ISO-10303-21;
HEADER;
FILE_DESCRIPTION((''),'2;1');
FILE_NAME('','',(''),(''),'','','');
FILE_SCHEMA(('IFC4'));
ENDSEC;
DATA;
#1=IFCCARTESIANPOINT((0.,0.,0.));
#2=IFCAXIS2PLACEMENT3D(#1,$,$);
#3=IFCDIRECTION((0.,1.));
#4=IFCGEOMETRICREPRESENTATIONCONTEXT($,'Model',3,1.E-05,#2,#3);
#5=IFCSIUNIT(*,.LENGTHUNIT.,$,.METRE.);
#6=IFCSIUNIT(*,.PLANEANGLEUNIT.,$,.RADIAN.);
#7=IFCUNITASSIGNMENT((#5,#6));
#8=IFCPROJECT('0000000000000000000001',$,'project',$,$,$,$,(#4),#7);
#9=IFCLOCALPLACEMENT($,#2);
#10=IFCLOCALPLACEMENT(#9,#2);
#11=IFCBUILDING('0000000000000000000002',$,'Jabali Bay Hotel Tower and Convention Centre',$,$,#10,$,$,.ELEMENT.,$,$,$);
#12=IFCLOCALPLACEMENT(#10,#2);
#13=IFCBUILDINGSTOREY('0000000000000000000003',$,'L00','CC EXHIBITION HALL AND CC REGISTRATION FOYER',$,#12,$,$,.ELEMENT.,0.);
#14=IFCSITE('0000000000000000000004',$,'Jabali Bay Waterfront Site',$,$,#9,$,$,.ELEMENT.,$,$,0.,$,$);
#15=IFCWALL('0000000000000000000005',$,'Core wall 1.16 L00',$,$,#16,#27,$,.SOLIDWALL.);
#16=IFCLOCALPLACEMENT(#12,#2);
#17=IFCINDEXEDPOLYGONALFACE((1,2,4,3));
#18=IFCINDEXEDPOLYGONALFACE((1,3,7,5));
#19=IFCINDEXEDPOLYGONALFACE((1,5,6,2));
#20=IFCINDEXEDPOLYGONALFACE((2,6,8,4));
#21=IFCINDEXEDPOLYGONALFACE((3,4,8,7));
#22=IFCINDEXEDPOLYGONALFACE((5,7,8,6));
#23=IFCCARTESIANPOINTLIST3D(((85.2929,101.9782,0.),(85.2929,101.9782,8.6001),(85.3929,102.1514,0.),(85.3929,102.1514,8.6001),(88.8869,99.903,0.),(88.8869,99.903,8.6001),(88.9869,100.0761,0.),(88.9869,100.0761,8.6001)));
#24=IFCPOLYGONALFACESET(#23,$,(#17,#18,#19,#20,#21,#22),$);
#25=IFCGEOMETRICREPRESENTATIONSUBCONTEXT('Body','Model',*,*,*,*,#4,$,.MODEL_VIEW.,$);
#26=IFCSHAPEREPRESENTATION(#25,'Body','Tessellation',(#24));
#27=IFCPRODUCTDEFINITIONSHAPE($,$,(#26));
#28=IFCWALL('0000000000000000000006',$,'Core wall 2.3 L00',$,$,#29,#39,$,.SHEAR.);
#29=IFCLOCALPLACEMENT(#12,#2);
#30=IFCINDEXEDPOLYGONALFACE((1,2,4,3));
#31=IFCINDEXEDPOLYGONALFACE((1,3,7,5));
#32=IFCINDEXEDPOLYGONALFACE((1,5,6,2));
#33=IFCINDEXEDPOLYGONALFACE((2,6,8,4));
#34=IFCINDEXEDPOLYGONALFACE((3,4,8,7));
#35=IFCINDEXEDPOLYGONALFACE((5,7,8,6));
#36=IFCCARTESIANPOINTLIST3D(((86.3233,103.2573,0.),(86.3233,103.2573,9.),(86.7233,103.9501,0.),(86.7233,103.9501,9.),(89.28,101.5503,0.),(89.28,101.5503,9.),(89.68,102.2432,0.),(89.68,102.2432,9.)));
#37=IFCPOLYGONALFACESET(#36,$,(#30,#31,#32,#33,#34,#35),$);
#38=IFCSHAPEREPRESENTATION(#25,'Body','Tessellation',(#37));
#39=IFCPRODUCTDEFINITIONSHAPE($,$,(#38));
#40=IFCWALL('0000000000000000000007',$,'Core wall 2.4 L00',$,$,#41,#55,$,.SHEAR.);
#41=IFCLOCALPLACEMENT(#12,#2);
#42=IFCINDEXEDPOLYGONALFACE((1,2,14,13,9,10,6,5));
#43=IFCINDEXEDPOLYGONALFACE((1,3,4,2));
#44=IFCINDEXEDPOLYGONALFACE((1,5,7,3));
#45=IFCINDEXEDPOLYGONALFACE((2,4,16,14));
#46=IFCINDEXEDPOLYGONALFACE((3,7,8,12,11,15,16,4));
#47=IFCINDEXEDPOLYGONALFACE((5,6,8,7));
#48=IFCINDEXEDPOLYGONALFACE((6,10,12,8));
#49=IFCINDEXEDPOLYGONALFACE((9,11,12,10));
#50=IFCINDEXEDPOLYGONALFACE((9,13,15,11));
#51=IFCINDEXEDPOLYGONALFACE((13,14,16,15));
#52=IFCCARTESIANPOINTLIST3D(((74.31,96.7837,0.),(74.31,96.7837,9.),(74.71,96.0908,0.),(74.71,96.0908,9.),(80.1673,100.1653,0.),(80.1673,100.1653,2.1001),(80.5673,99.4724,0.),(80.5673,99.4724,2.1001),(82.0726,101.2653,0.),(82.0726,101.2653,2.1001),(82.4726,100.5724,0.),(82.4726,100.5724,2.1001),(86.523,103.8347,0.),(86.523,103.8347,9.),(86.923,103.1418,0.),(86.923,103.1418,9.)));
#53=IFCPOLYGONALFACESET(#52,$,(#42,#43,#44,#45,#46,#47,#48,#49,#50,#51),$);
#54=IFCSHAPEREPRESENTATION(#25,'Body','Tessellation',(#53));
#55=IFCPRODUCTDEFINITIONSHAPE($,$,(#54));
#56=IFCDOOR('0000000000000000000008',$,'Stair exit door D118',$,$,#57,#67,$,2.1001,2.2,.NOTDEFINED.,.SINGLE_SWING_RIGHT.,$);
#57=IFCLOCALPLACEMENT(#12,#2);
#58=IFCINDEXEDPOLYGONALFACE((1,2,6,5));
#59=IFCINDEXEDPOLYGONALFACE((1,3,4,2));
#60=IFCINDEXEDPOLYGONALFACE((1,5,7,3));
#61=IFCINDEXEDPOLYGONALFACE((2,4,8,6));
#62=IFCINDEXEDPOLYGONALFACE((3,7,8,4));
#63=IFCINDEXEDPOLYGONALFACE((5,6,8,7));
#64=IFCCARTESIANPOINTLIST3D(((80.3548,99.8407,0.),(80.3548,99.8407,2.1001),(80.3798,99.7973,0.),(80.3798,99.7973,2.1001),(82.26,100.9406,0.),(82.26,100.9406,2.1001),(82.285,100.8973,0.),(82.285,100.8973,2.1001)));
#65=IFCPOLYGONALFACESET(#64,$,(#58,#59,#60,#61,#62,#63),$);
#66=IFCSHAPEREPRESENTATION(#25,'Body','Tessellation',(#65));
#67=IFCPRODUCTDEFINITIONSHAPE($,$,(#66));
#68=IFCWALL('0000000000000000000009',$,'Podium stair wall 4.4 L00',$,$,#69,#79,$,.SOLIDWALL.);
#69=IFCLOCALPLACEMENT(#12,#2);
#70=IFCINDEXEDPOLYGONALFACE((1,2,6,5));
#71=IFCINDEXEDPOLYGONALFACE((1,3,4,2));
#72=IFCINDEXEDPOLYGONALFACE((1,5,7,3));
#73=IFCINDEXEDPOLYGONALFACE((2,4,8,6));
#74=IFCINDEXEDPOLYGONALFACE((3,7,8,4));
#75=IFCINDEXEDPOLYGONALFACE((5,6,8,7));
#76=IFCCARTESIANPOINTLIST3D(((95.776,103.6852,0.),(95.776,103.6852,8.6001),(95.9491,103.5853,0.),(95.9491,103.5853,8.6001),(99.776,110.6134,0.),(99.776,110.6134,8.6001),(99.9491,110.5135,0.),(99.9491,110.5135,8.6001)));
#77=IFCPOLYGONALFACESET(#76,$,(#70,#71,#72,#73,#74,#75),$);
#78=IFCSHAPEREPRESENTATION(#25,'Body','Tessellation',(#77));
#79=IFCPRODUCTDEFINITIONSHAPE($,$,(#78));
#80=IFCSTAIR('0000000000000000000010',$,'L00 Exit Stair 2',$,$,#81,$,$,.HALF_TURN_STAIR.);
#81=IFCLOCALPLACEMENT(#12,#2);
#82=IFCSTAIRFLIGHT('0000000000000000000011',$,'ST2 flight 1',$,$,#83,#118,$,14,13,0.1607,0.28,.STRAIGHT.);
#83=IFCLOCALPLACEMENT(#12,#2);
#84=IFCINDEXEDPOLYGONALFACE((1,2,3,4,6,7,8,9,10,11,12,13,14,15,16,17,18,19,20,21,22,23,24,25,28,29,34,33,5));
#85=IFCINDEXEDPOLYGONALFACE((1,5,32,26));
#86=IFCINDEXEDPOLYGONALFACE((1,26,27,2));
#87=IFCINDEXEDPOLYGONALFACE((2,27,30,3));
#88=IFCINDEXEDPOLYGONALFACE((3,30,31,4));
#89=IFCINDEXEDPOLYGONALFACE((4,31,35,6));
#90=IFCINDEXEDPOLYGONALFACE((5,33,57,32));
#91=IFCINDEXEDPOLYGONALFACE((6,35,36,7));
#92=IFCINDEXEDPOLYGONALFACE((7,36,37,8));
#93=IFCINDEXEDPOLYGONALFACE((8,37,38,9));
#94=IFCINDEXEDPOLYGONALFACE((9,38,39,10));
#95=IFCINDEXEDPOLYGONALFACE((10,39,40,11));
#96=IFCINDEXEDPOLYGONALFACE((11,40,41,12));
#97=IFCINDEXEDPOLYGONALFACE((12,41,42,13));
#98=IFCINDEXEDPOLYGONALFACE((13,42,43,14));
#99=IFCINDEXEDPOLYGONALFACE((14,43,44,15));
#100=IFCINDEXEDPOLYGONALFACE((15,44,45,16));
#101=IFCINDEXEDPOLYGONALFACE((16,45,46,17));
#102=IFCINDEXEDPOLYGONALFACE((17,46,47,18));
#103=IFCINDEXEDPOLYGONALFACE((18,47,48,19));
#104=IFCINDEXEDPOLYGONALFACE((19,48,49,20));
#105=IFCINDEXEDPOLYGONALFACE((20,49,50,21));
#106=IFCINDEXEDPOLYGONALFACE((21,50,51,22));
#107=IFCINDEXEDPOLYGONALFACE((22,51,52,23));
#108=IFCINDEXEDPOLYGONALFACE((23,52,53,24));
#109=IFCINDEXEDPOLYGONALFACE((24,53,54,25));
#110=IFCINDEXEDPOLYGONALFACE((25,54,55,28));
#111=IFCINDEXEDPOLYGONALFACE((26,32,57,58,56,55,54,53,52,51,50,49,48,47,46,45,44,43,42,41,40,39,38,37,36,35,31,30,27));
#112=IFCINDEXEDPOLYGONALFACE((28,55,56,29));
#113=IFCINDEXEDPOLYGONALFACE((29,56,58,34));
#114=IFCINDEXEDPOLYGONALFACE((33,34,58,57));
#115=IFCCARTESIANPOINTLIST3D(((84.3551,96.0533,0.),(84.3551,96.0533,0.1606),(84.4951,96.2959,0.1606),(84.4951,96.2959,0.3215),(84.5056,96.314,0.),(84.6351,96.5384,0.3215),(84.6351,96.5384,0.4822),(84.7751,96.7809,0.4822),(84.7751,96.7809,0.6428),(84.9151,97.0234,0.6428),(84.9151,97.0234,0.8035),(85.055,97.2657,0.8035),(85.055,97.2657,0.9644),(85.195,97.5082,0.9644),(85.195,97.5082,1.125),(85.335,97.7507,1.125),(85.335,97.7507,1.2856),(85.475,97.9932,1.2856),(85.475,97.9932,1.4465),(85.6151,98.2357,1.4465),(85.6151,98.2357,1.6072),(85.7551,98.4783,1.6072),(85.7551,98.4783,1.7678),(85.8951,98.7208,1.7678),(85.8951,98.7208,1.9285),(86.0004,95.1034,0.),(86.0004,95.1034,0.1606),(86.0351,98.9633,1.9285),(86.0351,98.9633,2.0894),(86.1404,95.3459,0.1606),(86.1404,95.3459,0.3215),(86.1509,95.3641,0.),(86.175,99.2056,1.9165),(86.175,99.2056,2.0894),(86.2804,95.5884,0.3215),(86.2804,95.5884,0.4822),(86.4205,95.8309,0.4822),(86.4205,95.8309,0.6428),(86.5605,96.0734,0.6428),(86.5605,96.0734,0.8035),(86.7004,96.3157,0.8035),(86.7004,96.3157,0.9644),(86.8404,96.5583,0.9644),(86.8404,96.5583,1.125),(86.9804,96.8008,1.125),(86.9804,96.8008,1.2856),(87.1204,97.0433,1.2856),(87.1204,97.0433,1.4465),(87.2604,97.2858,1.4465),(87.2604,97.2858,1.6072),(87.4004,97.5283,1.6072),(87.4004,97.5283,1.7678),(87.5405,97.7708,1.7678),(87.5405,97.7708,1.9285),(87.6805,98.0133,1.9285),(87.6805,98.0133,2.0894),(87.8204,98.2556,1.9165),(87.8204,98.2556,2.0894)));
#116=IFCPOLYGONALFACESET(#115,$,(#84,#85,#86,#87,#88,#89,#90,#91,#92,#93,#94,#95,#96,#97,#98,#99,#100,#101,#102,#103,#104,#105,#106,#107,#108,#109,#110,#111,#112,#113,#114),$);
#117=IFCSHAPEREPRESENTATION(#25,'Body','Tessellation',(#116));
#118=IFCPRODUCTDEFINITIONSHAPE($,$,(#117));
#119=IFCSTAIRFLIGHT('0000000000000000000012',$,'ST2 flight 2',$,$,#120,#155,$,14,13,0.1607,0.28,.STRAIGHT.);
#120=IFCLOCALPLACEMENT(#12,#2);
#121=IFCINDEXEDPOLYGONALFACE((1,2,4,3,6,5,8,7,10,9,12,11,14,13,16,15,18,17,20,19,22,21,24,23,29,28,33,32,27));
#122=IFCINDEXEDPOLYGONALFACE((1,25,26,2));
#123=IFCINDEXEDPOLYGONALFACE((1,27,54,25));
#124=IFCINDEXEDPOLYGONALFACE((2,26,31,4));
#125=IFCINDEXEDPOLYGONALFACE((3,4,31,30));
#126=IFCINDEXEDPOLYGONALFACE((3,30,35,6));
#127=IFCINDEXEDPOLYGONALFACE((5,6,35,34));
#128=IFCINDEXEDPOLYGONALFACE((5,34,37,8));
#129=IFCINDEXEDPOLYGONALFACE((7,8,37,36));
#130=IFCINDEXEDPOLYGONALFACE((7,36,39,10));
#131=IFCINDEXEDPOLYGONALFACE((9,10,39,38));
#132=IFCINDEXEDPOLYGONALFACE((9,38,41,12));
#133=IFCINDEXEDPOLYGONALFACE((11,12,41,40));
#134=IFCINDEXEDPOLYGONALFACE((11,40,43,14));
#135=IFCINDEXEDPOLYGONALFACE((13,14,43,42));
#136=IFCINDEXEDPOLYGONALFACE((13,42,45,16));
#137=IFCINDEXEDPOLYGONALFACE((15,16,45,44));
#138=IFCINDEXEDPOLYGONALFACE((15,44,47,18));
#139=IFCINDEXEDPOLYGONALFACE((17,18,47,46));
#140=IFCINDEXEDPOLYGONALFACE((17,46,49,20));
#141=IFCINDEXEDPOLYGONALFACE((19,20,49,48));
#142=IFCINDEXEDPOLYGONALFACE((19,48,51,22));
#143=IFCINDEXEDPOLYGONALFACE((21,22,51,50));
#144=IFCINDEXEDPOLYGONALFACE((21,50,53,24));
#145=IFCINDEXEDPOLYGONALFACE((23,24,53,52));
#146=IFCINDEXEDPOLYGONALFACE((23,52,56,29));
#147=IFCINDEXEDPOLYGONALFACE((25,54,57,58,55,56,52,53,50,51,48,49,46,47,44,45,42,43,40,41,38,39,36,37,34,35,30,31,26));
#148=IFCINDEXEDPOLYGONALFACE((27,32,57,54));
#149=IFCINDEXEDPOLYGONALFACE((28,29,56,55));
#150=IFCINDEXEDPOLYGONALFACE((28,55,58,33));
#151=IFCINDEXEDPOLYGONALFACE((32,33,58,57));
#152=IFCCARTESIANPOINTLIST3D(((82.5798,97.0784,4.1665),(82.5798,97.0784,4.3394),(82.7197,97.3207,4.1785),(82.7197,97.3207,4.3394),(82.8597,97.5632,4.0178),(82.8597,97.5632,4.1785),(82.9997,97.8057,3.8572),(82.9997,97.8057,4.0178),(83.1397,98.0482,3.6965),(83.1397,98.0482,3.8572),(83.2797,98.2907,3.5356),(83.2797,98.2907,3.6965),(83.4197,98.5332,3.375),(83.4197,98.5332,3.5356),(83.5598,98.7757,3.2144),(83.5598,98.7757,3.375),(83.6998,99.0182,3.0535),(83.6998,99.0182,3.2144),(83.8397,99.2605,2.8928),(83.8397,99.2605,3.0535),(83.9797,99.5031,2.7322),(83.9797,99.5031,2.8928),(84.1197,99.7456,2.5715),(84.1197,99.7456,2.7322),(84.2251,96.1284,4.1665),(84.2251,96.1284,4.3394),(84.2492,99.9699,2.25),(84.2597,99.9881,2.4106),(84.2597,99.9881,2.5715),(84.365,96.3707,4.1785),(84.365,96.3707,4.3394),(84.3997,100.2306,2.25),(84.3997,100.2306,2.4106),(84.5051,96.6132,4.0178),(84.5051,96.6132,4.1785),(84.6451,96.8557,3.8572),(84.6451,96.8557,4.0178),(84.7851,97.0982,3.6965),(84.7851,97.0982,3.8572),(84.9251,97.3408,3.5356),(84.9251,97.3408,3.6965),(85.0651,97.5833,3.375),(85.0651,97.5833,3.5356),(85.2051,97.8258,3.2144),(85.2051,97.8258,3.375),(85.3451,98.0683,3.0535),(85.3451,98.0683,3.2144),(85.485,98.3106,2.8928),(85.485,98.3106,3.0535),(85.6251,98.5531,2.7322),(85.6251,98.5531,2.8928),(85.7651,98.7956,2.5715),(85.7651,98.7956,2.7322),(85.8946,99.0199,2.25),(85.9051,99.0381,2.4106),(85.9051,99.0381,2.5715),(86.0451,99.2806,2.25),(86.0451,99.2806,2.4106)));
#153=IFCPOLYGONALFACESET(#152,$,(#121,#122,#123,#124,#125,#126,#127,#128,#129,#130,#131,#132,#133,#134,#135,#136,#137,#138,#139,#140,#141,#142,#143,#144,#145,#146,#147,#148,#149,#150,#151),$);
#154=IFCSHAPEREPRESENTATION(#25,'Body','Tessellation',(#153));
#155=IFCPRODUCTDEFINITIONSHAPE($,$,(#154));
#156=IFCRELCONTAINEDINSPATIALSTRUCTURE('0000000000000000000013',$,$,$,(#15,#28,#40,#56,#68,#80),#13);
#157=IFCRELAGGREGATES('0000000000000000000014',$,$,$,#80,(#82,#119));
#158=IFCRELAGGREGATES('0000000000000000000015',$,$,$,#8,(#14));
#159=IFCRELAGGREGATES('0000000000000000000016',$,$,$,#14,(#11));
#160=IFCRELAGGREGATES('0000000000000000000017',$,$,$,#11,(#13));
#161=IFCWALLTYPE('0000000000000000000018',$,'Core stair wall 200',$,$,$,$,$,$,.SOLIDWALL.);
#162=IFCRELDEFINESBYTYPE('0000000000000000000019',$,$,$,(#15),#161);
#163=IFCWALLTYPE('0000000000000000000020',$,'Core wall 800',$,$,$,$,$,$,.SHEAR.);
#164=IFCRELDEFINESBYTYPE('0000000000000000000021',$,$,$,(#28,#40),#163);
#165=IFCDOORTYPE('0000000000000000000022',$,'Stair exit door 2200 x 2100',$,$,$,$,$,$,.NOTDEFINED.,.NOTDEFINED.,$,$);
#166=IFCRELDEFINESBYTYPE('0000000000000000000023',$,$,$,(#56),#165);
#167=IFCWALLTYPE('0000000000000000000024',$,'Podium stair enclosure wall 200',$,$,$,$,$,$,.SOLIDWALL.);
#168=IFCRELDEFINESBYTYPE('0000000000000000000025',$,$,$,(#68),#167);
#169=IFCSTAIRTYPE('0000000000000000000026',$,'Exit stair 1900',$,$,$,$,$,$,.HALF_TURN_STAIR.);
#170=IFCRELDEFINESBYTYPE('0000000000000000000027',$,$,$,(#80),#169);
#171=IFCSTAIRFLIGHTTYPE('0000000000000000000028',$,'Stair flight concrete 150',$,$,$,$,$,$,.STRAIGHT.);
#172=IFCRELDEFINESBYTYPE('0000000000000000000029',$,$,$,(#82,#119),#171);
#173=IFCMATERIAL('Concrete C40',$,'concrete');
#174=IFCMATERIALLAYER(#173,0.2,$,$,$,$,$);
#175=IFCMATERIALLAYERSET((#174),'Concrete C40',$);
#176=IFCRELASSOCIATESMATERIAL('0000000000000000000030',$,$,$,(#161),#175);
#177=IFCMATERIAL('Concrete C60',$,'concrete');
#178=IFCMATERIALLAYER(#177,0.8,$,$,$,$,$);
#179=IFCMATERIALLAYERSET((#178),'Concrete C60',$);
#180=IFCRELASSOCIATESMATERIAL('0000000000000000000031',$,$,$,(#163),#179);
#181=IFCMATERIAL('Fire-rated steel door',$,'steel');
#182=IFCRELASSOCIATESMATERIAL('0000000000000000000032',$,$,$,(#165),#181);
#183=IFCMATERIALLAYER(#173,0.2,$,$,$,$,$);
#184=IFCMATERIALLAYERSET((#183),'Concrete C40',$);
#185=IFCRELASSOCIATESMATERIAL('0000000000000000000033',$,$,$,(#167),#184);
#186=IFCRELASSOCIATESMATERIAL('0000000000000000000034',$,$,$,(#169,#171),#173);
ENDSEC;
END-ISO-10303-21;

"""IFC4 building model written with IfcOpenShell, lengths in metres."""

from ifc_helpers import new_model, si_unit, direction, frame, frame_2d, origin, place, context, subcontext, project, spatial, polyline, rectangle, outline, extrude, material, layer, layer_set, type_object, element, fill, aggregate, save


model = new_model("IFC4")

# Units and contexts
model_context = context("Model", 3, precision=1e-05, world=origin(), true_north=direction((0.0, 1.0)))
body_context = subcontext(model_context, "Body", "Model", "MODEL_VIEW")
ifc_project = project(units=[si_unit("LENGTHUNIT", "METRE"), si_unit("PLANEANGLEUNIT", "RADIAN")], contexts=[model_context])

# Site, building, storey
site_placement = place(None, origin())
site = spatial("IfcSite", under=ifc_project, at=site_placement, Name="Jabali Bay Waterfront Site", CompositionType="ELEMENT", RefElevation=0.0)
building_placement = place(site_placement, origin())
building = spatial("IfcBuilding", under=site, at=building_placement, Name="Jabali Bay Hotel Tower and Convention Centre", CompositionType="ELEMENT")
storey_placement = place(building_placement, origin())
storey = spatial("IfcBuildingStorey", under=building, at=storey_placement, Name="L00", Description="CC EXHIBITION HALL AND CC REGISTRATION FOYER", CompositionType="ELEMENT", Elevation=0.0)

# Shared definitions
ifc_material_1 = material(Name="Concrete C40", Category="concrete")

# Shared definitions
ifc_material_2 = material(Name="Fire-rated steel door", Category="steel")

# Shared definitions
ifc_layer_1 = layer(ifc_material_1, 0.2)
ifc_layer_set_1 = layer_set([ifc_layer_1], Name="Concrete C40")
wall_type_1 = type_object("IfcWallType", Name="Core stair wall 200", PredefinedType="SOLIDWALL", material=ifc_layer_set_1)

# Walls
wall_1_placement = place(storey_placement, frame((88.937, 99.9895, 0.0), z_axis=(0.0, 0.0, 1.0), x_axis=(-0.866004, 0.500036, 0.0)))
element("IfcWall", 1, at=wall_1_placement, inside=storey, type_object=wall_type_1, Name="Core wall 1.16 L00", PredefinedType="SOLIDWALL", context=body_context, shape_type="SweptSolid", body=[
    extrude(rectangle(XDim=4.1501, YDim=0.2, at=frame_2d((2.0752, 0.0))), origin(), (0.0, 0.0, 1.0), 8.6001),
])
ifc_material_3 = material(Name="Concrete C60", Category="concrete")
ifc_layer_2 = layer(ifc_material_3, 0.8)
ifc_layer_set_2 = layer_set([ifc_layer_2], Name="Concrete C60")
wall_type_2 = type_object("IfcWallType", Name="Core wall 800", PredefinedType="SHEAR", material=ifc_layer_set_2)
wall_2_placement = place(storey_placement, frame((89.48, 101.8967, 0.0), z_axis=(0.0, 0.0, 1.0), x_axis=(-0.866034, 0.499984, 0.0)))
element("IfcWall", 2, at=wall_2_placement, inside=storey, type_object=wall_type_2, Name="Core wall 2.3 L00", PredefinedType="SHEAR", context=body_context, shape_type="SweptSolid", body=[
    extrude(rectangle(XDim=3.4141, YDim=0.8, at=frame_2d((1.707, 0.0))), origin(), (0.0, 0.0, 1.0), 9.0),
])

# Wall, opening, door
wall_3_placement = place(storey_placement, frame((86.7231, 103.4883, 0.0), z_axis=(0.0, 0.0, 1.0), x_axis=(-0.866033, -0.499988, 0.0)))
wall_3 = element("IfcWall", 3, at=wall_3_placement, inside=storey, type_object=wall_type_2, Name="Core wall 2.4 L00", PredefinedType="SHEAR", context=body_context, shape_type="SweptSolid", body=[
    extrude(rectangle(XDim=14.1023, YDim=0.8, at=frame_2d((7.0513, 0.0))), origin(), (0.0, 0.0, 1.0), 9.0),
])
opening_1_placement = place(wall_3_placement, frame((5.1389, 0.0, 0.0)))
opening_1 = element("IfcOpeningElement", 4, at=opening_1_placement, cuts=wall_3, PredefinedType="OPENING", context=body_context, shape_type="SweptSolid", body=[
    extrude(rectangle(XDim=2.2, YDim=2.1001, at=frame_2d((1.1001, 1.05))), frame((0.0, 0.4106, 0.0), z_axis=(0.0, -1.0, 0.0), x_axis=(1.0, 0.0, 0.0)), (0.0, 0.0, 1.0), 0.821),
])
door_type_1 = type_object("IfcDoorType", Name="Stair exit door 2200 x 2100", OperationType="NOTDEFINED", PredefinedType="NOTDEFINED", material=ifc_material_2)
door_1_placement = place(opening_1_placement, origin())
door_1 = element("IfcDoor", 5, at=door_1_placement, inside=storey, type_object=door_type_1, Name="Stair exit door D118", OperationType="SINGLE_SWING_RIGHT", OverallHeight=2.1001, OverallWidth=2.2, PredefinedType="NOTDEFINED", context=body_context, shape_type="SweptSolid", body=[
    extrude(rectangle(XDim=2.2, YDim=2.1001, at=frame_2d((1.1001, 1.05))), frame((0.0, 0.0249, 0.0), z_axis=(0.0, -1.0, 0.0), x_axis=(1.0, 0.0, 0.0)), (0.0, 0.0, 1.0), 0.05),
])
fill(opening_1, door_1)

# Wall
ifc_layer_3 = layer(ifc_material_1, 0.2)
ifc_layer_set_3 = layer_set([ifc_layer_3], Name="Concrete C40")
wall_type_3 = type_object("IfcWallType", Name="Podium stair enclosure wall 200", PredefinedType="SOLIDWALL", material=ifc_layer_set_3)
wall_4_placement = place(storey_placement, frame((95.8625, 103.6353, 0.0), z_axis=(0.0, 0.0, 1.0), x_axis=(0.499999, 0.866026, 0.0)))
element("IfcWall", 6, at=wall_4_placement, inside=storey, type_object=wall_type_3, Name="Podium stair wall 4.4 L00", PredefinedType="SOLIDWALL", context=body_context, shape_type="SweptSolid", body=[
    extrude(rectangle(XDim=8.0, YDim=0.2, at=frame_2d((4.0, 0.0))), origin(), (0.0, 0.0, 1.0), 8.6001),
])

# Stair, stair flights
stair_type = type_object("IfcStairType", Name="Exit stair 1900", PredefinedType="HALF_TURN_STAIR", material=ifc_material_1)
stair_placement = place(storey_placement, origin())
stair = element("IfcStair", 7, at=stair_placement, inside=storey, type_object=stair_type, Name="L00 Exit Stair 2", PredefinedType="HALF_TURN_STAIR")
stair_flight_type = type_object("IfcStairFlightType", Name="Stair flight concrete 150", PredefinedType="STRAIGHT", material=ifc_material_1)
stair_flight_1_placement = place(storey_placement, frame((85.1777, 95.5784, 0.0), z_axis=(0.0, 0.0, 1.0), x_axis=(0.5, 0.866025, 0.0)))
stair_flight_1 = element("IfcStairFlight", 8, at=stair_flight_1_placement, type_object=stair_flight_type, Name="ST2 flight 1", NumberOfRisers=14, NumberOfTreads=13, PredefinedType="STRAIGHT", RiserHeight=0.1607, TreadLength=0.28, context=body_context, shape_type="SweptSolid", body=[
    extrude(outline(polyline([(0.0, 0.0), (0.0, 0.1606), (0.28, 0.1606), (0.28, 0.3215), (0.5601, 0.3215), (0.5601, 0.4822), (0.8401, 0.4822), (0.8401, 0.6428), (1.1201, 0.6428), (1.1201, 0.8035), (1.3999, 0.8035), (1.3999, 0.9644), (1.6799, 0.9644), (1.6799, 1.125), (1.96, 1.125), (1.96, 1.2856), (2.24, 1.2856), (2.24, 1.4465), (2.52, 1.4465), (2.52, 1.6072), (2.8, 1.6072), (2.8, 1.7678), (3.0801, 1.7678), (3.0801, 1.9285), (3.3601, 1.9285), (3.3601, 2.0894), (3.6399, 2.0894), (3.6399, 2.25), (3.6399, 1.9165), (0.301, 0.0), (0.0, 0.0)])), frame((0.0, 0.95, 0.0), z_axis=(0.0, -1.0, 0.0), x_axis=(1.0, 0.0, 0.0)), (0.0, 0.0, 1.0), 1.8999),
])
stair_flight_2_placement = place(storey_placement, frame((85.2224, 99.7556, 2.25), z_axis=(0.0, 0.0, 1.0), x_axis=(-0.5, -0.866025, 0.0)))
stair_flight_2 = element("IfcStairFlight", 9, at=stair_flight_2_placement, type_object=stair_flight_type, Name="ST2 flight 2", NumberOfRisers=14, NumberOfTreads=13, PredefinedType="STRAIGHT", RiserHeight=0.1607, TreadLength=0.28, context=body_context, shape_type="SweptSolid", body=[
    extrude(outline(polyline([(0.0, 0.0), (0.0, 0.1606), (0.28, 0.1606), (0.28, 0.3215), (0.5601, 0.3215), (0.5601, 0.4822), (0.8401, 0.4822), (0.8401, 0.6428), (1.1201, 0.6428), (1.1201, 0.8035), (1.3999, 0.8035), (1.3999, 0.9644), (1.6799, 0.9644), (1.6799, 1.125), (1.96, 1.125), (1.96, 1.2856), (2.24, 1.2856), (2.24, 1.4465), (2.52, 1.4465), (2.52, 1.6072), (2.8, 1.6072), (2.8, 1.7678), (3.0801, 1.7678), (3.0801, 1.9285), (3.3601, 1.9285), (3.3601, 2.0894), (3.6399, 2.0894), (3.6399, 2.25), (3.6399, 1.9165), (0.301, 0.0), (0.0, 0.0)])), frame((0.0, 0.95, 0.0), z_axis=(0.0, -1.0, 0.0), x_axis=(1.0, 0.0, 0.0)), (0.0, 0.0, 1.0), 1.8999),
])
aggregate(stair, [stair_flight_1, stair_flight_2])

save(model, "model.ifc")
